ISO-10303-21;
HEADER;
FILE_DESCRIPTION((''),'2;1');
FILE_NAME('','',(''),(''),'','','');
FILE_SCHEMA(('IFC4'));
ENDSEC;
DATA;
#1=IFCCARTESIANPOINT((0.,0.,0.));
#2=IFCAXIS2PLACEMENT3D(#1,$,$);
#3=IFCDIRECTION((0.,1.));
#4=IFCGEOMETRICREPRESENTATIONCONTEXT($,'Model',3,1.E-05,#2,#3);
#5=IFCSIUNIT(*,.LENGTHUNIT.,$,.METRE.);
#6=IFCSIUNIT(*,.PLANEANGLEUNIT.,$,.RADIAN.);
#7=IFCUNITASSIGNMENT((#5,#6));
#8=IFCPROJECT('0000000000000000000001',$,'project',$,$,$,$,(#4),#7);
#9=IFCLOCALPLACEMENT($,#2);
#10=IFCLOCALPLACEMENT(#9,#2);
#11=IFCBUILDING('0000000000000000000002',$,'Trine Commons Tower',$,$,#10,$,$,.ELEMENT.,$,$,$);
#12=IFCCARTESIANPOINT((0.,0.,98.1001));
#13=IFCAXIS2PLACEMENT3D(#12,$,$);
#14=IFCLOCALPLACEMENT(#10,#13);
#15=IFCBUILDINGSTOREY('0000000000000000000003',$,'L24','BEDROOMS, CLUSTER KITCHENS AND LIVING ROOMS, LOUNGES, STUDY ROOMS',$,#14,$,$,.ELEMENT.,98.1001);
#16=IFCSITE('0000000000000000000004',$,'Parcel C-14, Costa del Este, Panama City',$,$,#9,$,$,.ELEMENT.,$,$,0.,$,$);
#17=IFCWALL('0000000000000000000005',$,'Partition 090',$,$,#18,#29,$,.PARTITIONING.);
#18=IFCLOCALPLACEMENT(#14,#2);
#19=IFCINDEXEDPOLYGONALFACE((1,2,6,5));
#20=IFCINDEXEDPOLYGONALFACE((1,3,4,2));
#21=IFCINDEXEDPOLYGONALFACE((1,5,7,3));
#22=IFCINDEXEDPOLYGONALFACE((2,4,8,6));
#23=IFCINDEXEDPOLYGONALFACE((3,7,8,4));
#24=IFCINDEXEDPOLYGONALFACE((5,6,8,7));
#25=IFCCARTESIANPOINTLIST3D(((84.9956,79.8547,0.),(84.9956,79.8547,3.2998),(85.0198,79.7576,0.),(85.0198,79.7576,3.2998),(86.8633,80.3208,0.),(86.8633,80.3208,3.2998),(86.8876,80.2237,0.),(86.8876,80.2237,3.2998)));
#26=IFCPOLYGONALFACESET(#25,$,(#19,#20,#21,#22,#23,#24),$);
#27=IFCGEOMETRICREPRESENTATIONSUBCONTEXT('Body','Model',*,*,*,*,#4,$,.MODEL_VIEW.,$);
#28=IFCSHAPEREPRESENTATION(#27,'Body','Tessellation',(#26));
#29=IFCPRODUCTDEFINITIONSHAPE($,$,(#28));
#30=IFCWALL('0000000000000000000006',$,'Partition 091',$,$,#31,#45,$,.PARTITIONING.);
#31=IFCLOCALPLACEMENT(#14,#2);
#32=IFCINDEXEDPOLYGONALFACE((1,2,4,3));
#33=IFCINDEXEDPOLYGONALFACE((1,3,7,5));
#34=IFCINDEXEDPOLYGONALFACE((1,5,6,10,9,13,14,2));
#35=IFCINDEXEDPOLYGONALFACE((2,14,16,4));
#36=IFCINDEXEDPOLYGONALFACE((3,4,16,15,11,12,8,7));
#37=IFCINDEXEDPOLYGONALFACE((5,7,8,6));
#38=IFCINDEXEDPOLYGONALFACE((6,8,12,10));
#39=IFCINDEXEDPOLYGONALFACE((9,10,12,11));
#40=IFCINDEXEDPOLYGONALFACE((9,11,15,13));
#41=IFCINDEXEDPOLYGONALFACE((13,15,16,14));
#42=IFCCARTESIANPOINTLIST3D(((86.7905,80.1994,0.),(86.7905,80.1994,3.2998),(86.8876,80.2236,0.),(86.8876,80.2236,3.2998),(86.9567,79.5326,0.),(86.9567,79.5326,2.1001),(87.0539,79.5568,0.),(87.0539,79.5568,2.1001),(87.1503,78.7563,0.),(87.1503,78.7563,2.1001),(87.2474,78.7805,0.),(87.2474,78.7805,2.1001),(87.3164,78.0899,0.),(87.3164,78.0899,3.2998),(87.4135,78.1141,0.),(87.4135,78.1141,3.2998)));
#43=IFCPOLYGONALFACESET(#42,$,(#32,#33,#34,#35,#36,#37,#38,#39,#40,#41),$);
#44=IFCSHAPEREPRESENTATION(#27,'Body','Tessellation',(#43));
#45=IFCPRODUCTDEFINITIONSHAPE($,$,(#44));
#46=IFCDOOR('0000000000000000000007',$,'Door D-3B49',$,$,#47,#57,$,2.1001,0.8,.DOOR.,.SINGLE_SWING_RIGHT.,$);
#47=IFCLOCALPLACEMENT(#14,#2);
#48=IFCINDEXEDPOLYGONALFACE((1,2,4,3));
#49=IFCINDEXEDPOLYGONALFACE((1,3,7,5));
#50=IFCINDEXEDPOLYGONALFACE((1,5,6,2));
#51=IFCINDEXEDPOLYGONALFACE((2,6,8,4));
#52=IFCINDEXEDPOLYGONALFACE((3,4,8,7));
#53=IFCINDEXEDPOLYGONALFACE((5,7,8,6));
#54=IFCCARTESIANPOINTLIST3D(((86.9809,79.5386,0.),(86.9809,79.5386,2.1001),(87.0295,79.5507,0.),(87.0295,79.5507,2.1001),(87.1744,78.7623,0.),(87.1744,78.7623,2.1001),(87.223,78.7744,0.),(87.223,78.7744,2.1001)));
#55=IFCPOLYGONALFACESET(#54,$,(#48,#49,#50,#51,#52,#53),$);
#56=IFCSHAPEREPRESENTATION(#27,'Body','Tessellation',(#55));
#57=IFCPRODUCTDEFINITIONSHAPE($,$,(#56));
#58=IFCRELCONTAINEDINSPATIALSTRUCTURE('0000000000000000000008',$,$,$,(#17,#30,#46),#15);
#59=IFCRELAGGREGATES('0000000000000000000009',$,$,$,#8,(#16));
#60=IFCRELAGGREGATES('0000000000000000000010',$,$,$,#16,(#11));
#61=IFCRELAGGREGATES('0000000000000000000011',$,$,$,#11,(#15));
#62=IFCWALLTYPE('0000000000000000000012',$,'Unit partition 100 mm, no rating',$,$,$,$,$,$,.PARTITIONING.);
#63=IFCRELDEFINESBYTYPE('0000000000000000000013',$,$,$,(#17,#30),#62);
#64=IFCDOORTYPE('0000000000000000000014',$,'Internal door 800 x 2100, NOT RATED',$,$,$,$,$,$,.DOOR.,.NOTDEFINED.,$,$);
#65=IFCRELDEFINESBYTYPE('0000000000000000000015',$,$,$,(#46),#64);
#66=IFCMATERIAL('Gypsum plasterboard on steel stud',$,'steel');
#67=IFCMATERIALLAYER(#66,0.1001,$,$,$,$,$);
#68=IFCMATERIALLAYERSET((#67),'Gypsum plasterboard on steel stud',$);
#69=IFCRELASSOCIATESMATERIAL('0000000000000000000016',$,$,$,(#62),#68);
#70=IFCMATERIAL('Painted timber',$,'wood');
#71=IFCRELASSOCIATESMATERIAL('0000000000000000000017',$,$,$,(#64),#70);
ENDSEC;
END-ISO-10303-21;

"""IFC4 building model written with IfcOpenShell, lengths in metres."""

from ifc_helpers import new_model, si_unit, direction, frame, frame_2d, origin, place, context, subcontext, project, spatial, rectangle, extrude, material, layer, layer_set, type_object, element, fill, save


model = new_model("IFC4")

# Units and contexts
model_context = context("Model", 3, precision=1e-05, world=origin(), true_north=direction((0.0, 1.0)))
body_context = subcontext(model_context, "Body", "Model", "MODEL_VIEW")
ifc_project = project(units=[si_unit("LENGTHUNIT", "METRE"), si_unit("PLANEANGLEUNIT", "RADIAN")], contexts=[model_context])

# Site, building, storey
site_placement = place(None, origin())
site = spatial("IfcSite", under=ifc_project, at=site_placement, Name="Parcel C-14, Costa del Este, Panama City", CompositionType="ELEMENT", RefElevation=0.0)
building_placement = place(site_placement, origin())
building = spatial("IfcBuilding", under=site, at=building_placement, Name="Trine Commons Tower", CompositionType="ELEMENT")
storey_placement = place(building_placement, frame((0.0, 0.0, 98.1001)))
storey = spatial("IfcBuildingStorey", under=building, at=storey_placement, Name="L24", Description="BEDROOMS, CLUSTER KITCHENS AND LIVING ROOMS, LOUNGES, STUDY ROOMS", CompositionType="ELEMENT", Elevation=98.1001)

# Shared definitions
ifc_material_1 = material(Name="Gypsum plasterboard on steel stud", Category="steel")

# Shared definitions
ifc_layer_1 = layer(ifc_material_1, 0.1001)
ifc_layer_set_1 = layer_set([ifc_layer_1], Name="Gypsum plasterboard on steel stud")
wall_type_1 = type_object("IfcWallType", Name="Unit partition 100 mm, no rating", PredefinedType="PARTITIONING", material=ifc_layer_set_1)
ifc_material_2 = material(Name="Painted timber", Category="wood")
door_type = type_object("IfcDoorType", Name="Internal door 800 x 2100, NOT RATED", OperationType="NOTDEFINED", PredefinedType="DOOR", material=ifc_material_2)

# Wall
wall_1_placement = place(storey_placement, frame((85.0078, 79.8062, 0.0), z_axis=(0.0, 0.0, 1.0), x_axis=(0.970247, 0.242118, 0.0)))
element("IfcWall", 1, at=wall_1_placement, inside=storey, type_object=wall_type_1, Name="Partition 090", PredefinedType="PARTITIONING", context=body_context, shape_type="SweptSolid", body=[
    extrude(rectangle(XDim=1.925, YDim=0.1001, at=frame_2d((0.9624, 0.0))), origin(), (0.0, 0.0, 1.0), 3.2998),
])

# Wall, opening, door
wall_2_placement = place(storey_placement, frame((86.8391, 80.2114, 0.0), z_axis=(0.0, 0.0, 1.0), x_axis=(0.241875, -0.970307, 0.0)))
wall_2 = element("IfcWall", 2, at=wall_2_placement, inside=storey, type_object=wall_type_1, Name="Partition 091", PredefinedType="PARTITIONING", context=body_context, shape_type="SweptSolid", body=[
    extrude(rectangle(XDim=2.1741, YDim=0.1001, at=frame_2d((1.0869, 0.0))), origin(), (0.0, 0.0, 1.0), 3.2998),
])
opening_1_placement = place(wall_2_placement, frame((0.6873, 0.0, 0.0)))
opening_1 = element("IfcOpeningElement", 3, at=opening_1_placement, cuts=wall_2, PredefinedType="OPENING", context=body_context, shape_type="SweptSolid", body=[
    extrude(rectangle(XDim=0.8, YDim=2.1001, at=frame_2d((0.3999, 1.05))), frame((0.0, 0.0601, 0.0), z_axis=(0.0, -1.0, 0.0), x_axis=(1.0, 0.0, 0.0)), (0.0, 0.0, 1.0), 0.1201),
])
door_1_placement = place(opening_1_placement, origin())
door_1 = element("IfcDoor", 4, at=door_1_placement, inside=storey, type_object=door_type, Name="Door D-3B49", OperationType="SINGLE_SWING_RIGHT", OverallHeight=2.1001, OverallWidth=0.8, PredefinedType="DOOR", context=body_context, shape_type="SweptSolid", body=[
    extrude(rectangle(XDim=0.8, YDim=2.1001, at=frame_2d((0.3999, 1.05))), frame((0.0, 0.0249, 0.0), z_axis=(0.0, -1.0, 0.0), x_axis=(1.0, 0.0, 0.0)), (0.0, 0.0, 1.0), 0.05),
])
fill(opening_1, door_1)

save(model, "model.ifc")
